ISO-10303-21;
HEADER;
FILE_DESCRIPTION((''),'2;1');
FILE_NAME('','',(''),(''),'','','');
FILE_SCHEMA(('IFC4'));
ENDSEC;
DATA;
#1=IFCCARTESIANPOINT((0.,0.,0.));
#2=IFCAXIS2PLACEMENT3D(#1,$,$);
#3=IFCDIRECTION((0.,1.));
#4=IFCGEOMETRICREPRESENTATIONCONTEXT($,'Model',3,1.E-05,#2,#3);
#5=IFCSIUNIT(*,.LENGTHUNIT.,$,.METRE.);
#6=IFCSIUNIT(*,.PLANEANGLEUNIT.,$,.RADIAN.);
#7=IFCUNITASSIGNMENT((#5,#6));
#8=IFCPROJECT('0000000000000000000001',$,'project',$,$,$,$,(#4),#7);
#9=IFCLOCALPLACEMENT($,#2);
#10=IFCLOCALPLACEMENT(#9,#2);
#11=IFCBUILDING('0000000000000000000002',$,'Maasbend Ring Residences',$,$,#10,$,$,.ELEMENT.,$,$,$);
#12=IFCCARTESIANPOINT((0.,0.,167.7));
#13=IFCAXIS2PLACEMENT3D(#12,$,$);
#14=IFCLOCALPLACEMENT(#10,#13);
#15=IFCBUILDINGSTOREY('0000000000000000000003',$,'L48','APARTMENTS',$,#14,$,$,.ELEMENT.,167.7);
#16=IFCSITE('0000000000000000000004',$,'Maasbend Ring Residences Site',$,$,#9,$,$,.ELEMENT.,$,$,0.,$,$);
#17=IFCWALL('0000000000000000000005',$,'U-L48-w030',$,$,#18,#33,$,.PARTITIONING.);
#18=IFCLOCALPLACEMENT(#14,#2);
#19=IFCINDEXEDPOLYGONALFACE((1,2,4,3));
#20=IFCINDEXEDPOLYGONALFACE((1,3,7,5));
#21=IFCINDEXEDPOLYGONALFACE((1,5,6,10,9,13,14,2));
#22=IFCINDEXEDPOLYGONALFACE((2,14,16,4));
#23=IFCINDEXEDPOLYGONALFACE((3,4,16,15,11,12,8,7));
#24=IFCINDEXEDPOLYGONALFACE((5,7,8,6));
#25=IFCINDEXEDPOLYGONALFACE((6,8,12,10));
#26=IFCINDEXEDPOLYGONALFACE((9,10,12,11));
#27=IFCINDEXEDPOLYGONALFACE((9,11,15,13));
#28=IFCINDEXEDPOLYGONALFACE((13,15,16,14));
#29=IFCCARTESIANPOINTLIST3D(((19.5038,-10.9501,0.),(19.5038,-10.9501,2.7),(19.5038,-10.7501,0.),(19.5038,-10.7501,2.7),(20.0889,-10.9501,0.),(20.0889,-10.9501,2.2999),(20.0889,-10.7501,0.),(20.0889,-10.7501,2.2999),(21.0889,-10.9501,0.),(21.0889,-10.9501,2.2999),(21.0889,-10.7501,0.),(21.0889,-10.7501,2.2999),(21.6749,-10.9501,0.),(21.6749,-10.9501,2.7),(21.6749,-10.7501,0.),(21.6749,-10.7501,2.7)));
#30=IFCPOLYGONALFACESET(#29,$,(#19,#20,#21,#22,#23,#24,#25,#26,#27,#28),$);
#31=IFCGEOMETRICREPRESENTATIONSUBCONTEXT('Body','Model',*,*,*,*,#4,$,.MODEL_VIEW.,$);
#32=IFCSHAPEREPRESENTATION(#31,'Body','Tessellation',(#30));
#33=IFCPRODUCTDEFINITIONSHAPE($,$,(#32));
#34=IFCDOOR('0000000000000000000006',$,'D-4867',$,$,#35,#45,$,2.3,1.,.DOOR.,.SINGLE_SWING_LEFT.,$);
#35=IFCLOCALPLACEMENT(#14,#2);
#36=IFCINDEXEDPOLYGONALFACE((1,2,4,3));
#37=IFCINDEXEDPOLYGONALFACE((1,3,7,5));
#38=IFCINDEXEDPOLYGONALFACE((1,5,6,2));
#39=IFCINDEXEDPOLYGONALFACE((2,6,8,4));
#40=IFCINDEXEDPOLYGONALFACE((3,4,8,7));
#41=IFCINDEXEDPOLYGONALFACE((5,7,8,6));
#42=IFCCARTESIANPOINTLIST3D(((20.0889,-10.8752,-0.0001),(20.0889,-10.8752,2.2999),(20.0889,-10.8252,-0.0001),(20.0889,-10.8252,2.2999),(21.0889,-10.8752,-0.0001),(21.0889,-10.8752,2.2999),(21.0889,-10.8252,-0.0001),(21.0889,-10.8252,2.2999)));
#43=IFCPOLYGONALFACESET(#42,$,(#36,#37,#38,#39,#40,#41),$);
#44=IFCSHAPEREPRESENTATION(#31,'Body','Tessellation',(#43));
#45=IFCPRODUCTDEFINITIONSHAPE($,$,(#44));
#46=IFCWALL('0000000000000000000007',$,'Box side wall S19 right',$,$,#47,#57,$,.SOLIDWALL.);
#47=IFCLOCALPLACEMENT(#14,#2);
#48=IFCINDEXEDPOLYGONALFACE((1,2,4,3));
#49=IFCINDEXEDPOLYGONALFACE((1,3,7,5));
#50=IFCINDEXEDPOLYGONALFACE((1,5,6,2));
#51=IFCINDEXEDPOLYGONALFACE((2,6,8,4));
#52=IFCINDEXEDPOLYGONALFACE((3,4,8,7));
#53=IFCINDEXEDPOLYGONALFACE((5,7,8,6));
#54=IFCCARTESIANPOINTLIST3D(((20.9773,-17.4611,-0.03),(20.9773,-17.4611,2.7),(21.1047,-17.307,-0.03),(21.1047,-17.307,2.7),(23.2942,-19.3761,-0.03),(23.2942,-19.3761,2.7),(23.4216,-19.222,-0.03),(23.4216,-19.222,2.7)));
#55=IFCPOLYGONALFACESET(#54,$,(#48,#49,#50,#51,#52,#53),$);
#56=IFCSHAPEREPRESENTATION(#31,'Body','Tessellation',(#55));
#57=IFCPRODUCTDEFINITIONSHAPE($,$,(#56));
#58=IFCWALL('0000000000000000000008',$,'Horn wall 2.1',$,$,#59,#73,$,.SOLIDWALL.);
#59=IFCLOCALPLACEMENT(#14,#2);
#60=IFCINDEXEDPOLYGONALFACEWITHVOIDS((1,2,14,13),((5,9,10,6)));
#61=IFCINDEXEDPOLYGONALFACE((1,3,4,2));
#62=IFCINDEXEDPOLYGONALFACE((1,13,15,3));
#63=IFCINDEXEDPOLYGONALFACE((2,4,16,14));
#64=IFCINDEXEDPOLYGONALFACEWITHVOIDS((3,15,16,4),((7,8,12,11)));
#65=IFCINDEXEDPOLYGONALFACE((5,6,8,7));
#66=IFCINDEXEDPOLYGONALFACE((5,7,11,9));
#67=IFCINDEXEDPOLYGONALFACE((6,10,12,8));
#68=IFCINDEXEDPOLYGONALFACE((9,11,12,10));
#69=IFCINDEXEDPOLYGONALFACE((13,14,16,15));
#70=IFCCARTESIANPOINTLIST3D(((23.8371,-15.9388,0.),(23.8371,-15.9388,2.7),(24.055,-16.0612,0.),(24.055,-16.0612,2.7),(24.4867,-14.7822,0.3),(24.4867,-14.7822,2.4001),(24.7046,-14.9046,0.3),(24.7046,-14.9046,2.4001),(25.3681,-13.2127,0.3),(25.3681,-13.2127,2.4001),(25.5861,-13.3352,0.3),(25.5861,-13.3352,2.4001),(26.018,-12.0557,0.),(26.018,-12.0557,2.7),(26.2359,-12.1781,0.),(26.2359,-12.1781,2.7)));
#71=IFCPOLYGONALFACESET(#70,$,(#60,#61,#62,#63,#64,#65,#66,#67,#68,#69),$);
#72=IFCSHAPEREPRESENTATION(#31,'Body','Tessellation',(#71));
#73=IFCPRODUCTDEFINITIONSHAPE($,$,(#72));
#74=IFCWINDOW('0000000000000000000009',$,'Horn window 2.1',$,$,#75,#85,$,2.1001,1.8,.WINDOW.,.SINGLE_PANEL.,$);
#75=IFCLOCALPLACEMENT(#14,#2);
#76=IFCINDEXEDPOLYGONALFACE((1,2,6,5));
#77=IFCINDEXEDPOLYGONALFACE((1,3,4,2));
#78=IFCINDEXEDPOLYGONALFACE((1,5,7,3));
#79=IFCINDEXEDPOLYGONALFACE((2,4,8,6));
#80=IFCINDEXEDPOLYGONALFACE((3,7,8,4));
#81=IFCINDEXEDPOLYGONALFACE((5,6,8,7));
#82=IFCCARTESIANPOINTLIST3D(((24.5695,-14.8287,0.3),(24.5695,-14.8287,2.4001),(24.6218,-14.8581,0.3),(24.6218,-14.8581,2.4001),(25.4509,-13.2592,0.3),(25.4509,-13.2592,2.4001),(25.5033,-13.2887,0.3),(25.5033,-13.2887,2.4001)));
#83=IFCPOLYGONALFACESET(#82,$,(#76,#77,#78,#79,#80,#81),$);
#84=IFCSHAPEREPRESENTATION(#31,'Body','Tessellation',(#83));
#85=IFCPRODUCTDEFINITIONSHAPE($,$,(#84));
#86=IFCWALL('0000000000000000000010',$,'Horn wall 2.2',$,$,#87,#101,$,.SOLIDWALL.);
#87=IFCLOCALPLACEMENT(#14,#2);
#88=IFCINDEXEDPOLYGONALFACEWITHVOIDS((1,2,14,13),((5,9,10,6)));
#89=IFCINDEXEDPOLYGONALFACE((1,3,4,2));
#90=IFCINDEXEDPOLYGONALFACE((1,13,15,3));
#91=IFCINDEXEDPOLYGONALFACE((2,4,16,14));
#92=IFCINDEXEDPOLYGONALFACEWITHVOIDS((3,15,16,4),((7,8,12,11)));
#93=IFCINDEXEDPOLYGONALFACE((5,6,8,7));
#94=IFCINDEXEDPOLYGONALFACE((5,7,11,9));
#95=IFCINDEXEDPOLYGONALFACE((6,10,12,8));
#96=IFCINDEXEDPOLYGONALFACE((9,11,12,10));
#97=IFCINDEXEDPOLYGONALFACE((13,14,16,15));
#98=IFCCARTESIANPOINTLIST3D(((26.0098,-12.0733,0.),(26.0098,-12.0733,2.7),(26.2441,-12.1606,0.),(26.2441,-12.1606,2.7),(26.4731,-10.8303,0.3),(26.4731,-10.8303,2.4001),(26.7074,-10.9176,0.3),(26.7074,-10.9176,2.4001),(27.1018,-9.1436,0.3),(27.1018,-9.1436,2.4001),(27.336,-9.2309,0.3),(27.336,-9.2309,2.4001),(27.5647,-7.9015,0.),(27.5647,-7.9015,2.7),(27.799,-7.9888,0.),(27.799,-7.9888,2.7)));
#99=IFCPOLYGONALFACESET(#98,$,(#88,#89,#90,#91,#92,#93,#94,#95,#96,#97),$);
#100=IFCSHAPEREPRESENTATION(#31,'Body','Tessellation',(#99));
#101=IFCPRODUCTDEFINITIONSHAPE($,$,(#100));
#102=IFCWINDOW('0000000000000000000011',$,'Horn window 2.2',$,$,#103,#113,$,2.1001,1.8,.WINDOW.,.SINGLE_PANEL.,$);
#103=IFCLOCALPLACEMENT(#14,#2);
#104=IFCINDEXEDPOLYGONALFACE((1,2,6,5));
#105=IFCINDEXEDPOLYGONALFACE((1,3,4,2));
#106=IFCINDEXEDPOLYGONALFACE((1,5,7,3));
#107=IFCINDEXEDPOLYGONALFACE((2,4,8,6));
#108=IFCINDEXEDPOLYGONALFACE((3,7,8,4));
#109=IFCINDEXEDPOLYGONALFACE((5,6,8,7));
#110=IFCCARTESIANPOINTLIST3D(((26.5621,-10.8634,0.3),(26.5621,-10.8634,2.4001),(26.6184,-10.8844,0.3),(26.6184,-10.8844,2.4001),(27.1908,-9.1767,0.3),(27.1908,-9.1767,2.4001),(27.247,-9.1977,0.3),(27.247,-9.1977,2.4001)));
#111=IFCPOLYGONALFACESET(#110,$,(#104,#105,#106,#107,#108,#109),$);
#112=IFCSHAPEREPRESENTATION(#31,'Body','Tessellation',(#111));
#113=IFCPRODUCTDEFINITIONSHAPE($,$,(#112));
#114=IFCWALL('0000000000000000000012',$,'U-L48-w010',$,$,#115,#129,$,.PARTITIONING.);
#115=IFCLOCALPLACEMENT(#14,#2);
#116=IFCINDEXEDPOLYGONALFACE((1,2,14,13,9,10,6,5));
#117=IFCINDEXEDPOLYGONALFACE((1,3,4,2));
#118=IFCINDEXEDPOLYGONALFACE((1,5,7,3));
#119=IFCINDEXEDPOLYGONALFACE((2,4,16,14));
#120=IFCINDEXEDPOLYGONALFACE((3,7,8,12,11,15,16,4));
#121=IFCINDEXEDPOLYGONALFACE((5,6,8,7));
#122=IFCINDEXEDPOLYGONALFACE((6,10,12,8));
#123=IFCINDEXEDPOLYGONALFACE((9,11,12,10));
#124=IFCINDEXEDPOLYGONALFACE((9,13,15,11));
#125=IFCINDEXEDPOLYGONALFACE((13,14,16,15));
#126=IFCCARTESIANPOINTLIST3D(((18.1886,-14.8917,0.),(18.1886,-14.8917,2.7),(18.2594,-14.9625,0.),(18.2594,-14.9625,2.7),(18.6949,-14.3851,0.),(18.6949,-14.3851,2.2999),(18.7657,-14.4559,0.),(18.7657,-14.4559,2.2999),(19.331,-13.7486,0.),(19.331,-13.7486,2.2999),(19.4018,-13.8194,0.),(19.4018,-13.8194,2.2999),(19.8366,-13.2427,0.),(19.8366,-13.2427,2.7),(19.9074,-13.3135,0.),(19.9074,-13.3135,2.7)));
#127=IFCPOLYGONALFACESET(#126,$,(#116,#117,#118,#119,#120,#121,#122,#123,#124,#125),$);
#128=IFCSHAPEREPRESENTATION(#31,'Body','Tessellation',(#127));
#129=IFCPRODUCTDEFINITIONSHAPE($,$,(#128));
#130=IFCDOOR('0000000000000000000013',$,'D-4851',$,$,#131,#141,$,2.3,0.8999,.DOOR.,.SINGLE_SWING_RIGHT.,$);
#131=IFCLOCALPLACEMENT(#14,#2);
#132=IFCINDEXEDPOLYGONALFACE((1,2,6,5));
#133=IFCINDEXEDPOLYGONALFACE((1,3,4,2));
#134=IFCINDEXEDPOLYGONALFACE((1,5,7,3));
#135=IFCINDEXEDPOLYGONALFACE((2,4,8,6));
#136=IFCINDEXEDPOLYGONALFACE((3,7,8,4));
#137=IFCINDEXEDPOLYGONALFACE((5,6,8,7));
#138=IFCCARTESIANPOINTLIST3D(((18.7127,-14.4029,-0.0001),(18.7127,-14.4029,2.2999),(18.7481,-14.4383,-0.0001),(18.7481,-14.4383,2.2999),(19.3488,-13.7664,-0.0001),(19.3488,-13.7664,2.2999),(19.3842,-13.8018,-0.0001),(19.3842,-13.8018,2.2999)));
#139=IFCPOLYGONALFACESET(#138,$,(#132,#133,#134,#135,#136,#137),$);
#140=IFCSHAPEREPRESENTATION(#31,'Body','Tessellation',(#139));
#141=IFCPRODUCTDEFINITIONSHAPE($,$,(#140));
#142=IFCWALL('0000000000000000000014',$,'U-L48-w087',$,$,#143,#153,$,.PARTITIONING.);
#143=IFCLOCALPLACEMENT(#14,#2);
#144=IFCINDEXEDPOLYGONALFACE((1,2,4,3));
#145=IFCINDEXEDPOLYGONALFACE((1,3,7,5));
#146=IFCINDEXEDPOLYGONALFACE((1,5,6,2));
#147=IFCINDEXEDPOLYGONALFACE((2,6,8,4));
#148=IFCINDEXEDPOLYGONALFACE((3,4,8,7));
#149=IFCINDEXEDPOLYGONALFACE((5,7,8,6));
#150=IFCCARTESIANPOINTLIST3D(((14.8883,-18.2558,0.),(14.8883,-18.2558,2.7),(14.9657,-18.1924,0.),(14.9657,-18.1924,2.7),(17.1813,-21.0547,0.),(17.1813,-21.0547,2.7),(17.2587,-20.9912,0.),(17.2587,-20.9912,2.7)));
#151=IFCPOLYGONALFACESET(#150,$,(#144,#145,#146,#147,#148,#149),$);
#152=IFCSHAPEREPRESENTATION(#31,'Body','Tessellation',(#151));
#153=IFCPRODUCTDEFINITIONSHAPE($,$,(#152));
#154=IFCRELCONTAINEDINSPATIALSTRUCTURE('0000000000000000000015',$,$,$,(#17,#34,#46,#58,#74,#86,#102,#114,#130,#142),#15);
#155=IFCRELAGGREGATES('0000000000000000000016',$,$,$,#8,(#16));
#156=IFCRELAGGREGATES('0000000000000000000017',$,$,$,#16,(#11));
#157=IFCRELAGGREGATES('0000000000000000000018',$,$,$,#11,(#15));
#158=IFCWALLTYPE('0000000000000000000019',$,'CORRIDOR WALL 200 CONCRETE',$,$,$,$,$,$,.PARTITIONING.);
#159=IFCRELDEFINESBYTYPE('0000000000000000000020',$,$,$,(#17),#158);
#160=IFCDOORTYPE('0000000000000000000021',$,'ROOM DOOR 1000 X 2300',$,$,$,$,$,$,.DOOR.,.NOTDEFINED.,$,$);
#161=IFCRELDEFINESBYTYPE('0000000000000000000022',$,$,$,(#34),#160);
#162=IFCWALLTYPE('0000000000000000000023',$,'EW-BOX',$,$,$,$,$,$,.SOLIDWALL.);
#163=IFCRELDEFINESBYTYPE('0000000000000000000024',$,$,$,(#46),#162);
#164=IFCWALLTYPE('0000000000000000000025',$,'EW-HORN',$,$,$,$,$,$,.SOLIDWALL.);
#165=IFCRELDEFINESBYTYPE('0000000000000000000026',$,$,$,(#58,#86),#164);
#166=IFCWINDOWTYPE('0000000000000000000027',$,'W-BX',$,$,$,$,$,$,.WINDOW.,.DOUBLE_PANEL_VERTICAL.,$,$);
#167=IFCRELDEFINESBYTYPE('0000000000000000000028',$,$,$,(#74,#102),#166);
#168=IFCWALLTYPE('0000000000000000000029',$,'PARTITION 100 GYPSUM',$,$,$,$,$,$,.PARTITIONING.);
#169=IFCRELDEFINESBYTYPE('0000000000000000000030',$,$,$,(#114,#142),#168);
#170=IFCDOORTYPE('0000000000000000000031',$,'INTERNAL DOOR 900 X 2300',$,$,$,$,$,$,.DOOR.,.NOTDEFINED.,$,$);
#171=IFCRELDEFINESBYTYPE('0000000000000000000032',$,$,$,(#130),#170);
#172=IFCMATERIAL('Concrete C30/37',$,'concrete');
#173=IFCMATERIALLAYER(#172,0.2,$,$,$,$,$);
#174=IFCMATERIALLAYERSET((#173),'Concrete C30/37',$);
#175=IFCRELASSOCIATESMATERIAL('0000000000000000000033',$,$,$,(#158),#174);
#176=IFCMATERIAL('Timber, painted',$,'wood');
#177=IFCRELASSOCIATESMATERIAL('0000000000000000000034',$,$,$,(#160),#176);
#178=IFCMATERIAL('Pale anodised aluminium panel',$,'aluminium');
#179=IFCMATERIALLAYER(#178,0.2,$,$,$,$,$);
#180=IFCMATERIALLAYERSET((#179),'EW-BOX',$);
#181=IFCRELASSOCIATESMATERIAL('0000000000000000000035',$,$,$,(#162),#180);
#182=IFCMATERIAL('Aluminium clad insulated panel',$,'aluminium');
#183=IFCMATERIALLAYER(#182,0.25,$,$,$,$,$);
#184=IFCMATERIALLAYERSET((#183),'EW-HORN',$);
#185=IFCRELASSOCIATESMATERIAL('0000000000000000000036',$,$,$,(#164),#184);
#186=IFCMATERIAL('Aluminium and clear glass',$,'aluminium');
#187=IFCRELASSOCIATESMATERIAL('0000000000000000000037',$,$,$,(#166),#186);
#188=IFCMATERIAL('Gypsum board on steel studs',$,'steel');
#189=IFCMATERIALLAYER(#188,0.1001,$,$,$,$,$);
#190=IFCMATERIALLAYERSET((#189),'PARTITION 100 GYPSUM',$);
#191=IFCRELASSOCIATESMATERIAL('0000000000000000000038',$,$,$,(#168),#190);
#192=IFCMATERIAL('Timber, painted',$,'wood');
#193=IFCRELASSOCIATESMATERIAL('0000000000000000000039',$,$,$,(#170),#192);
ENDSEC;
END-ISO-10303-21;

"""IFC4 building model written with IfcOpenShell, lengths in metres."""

from ifc_helpers import new_model, si_unit, direction, frame, frame_2d, origin, place, context, subcontext, project, spatial, rectangle, extrude, material, layer, layer_set, type_object, element, fill, save


model = new_model("IFC4")

# Units and contexts
model_context = context("Model", 3, precision=1e-05, world=origin(), true_north=direction((0.0, 1.0)))
body_context = subcontext(model_context, "Body", "Model", "MODEL_VIEW")
ifc_project = project(units=[si_unit("LENGTHUNIT", "METRE"), si_unit("PLANEANGLEUNIT", "RADIAN")], contexts=[model_context])

# Site, building, storey
site_placement = place(None, origin())
site = spatial("IfcSite", under=ifc_project, at=site_placement, Name="Maasbend Ring Residences Site", CompositionType="ELEMENT", RefElevation=0.0)
building_placement = place(site_placement, origin())
building = spatial("IfcBuilding", under=site, at=building_placement, Name="Maasbend Ring Residences", CompositionType="ELEMENT")
storey_placement = place(building_placement, frame((0.0, 0.0, 167.7)))
storey = spatial("IfcBuildingStorey", under=building, at=storey_placement, Name="L48", Description="APARTMENTS", CompositionType="ELEMENT", Elevation=167.7)

# Shared definitions
ifc_material_1 = material(Name="Concrete C30/37", Category="concrete")
ifc_layer_1 = layer(ifc_material_1, 0.2)
ifc_layer_set_1 = layer_set([ifc_layer_1], Name="Concrete C30/37")
wall_type_1 = type_object("IfcWallType", Name="CORRIDOR WALL 200 CONCRETE", PredefinedType="PARTITIONING", material=ifc_layer_set_1)

# Wall, opening, door
wall_1_placement = place(storey_placement, frame((19.5039, -10.8501, 0.0), z_axis=(0.0, 0.0, 1.0), x_axis=(1.0, 0.0, 0.0)))
wall_1 = element("IfcWall", 1, at=wall_1_placement, inside=storey, type_object=wall_type_1, Name="U-L48-w030", PredefinedType="PARTITIONING", context=body_context, shape_type="SweptSolid", body=[
    extrude(rectangle(XDim=2.1711, YDim=0.2, at=frame_2d((1.0854, 0.0))), origin(), (0.0, 0.0, 1.0), 2.7),
])
opening_1_placement = place(wall_1_placement, frame((0.585, 0.0, 0.0)))
opening_1 = element("IfcOpeningElement", 2, at=opening_1_placement, cuts=wall_1, PredefinedType="OPENING", context=body_context, shape_type="SweptSolid", body=[
    extrude(rectangle(XDim=1.0, YDim=2.3, at=frame_2d((0.5, 1.1499))), frame((0.0, 0.1099, 0.0), z_axis=(0.0, -1.0, 0.0), x_axis=(1.0, 0.0, 0.0)), (0.0, 0.0, 1.0), 0.22),
])
ifc_material_2 = material(Name="Timber, painted", Category="wood")
door_type_1 = type_object("IfcDoorType", Name="ROOM DOOR 1000 X 2300", OperationType="NOTDEFINED", PredefinedType="DOOR", material=ifc_material_2)
door_1_placement = place(opening_1_placement, origin())
door_1 = element("IfcDoor", 3, at=door_1_placement, inside=storey, type_object=door_type_1, Name="D-4867", OperationType="SINGLE_SWING_LEFT", OverallHeight=2.3, OverallWidth=1.0, PredefinedType="DOOR", context=body_context, shape_type="SweptSolid", body=[
    extrude(rectangle(XDim=1.0, YDim=2.3, at=frame_2d((0.5, 1.1499))), frame((0.0, 0.0249, 0.0), z_axis=(0.0, -1.0, 0.0), x_axis=(1.0, 0.0, 0.0)), (0.0, 0.0, 1.0), 0.05),
])
fill(opening_1, door_1)

# Wall
ifc_material_3 = material(Name="Pale anodised aluminium panel", Category="aluminium")
ifc_layer_2 = layer(ifc_material_3, 0.2)
ifc_layer_set_2 = layer_set([ifc_layer_2], Name="EW-BOX")
wall_type_2 = type_object("IfcWallType", Name="EW-BOX", PredefinedType="SOLIDWALL", material=ifc_layer_set_2)
wall_2_placement = place(storey_placement, frame((21.041, -17.384, -0.03), z_axis=(0.0, 0.0, 1.0), x_axis=(0.770785, -0.637096, 0.0)))
element("IfcWall", 4, at=wall_2_placement, inside=storey, type_object=wall_type_2, Name="Box side wall S19 right", PredefinedType="SOLIDWALL", context=body_context, shape_type="SweptSolid", body=[
    extrude(rectangle(XDim=3.0059, YDim=0.2, at=frame_2d((1.5029, 0.0))), origin(), (0.0, 0.0, 1.0), 2.73),
])

# Walls, openings, windows
ifc_material_4 = material(Name="Aluminium clad insulated panel", Category="aluminium")
ifc_layer_3 = layer(ifc_material_4, 0.25)
ifc_layer_set_3 = layer_set([ifc_layer_3], Name="EW-HORN")
wall_type_3 = type_object("IfcWallType", Name="EW-HORN", PredefinedType="SOLIDWALL", material=ifc_layer_set_3)
wall_3_placement = place(storey_placement, frame((23.946, -16.0, 0.0), z_axis=(0.0, 0.0, 1.0), x_axis=(0.489696, 0.871893, 0.0)))
wall_3 = element("IfcWall", 5, at=wall_3_placement, inside=storey, type_object=wall_type_3, Name="Horn wall 2.1", PredefinedType="SOLIDWALL", context=body_context, shape_type="SweptSolid", body=[
    extrude(rectangle(XDim=4.4536, YDim=0.25, at=frame_2d((2.2268, 0.0))), origin(), (0.0, 0.0, 1.0), 2.7),
])
opening_2_placement = place(wall_3_placement, frame((1.3267, 0.0, 0.3)))
opening_2 = element("IfcOpeningElement", 6, at=opening_2_placement, cuts=wall_3, PredefinedType="OPENING", context=body_context, shape_type="SweptSolid", body=[
    extrude(rectangle(XDim=1.8, YDim=2.1001, at=frame_2d((0.8999, 1.05))), frame((0.0, 0.135, 0.0), z_axis=(0.0, -1.0, 0.0), x_axis=(1.0, 0.0, 0.0)), (0.0, 0.0, 1.0), 0.27),
])
ifc_material_5 = material(Name="Aluminium and clear glass", Category="aluminium")
window_type = type_object("IfcWindowType", Name="W-BX", PartitioningType="DOUBLE_PANEL_VERTICAL", PredefinedType="WINDOW", material=ifc_material_5)
window_1_placement = place(opening_2_placement, origin())
window_1 = element("IfcWindow", 7, at=window_1_placement, inside=storey, type_object=window_type, Name="Horn window 2.1", OverallHeight=2.1001, OverallWidth=1.8, PartitioningType="SINGLE_PANEL", PredefinedType="WINDOW", context=body_context, shape_type="SweptSolid", body=[
    extrude(rectangle(XDim=1.8, YDim=2.1001, at=frame_2d((0.8999, 1.05))), frame((0.0, 0.03, 0.0), z_axis=(0.0, -1.0, 0.0), x_axis=(1.0, 0.0, 0.0)), (0.0, 0.0, 1.0), 0.0601),
])
fill(opening_2, window_1)
wall_4_placement = place(storey_placement, frame((26.127, -12.1169, 0.0), z_axis=(0.0, 0.0, 1.0), x_axis=(0.349248, 0.93703, 0.0)))
wall_4 = element("IfcWall", 8, at=wall_4_placement, inside=storey, type_object=wall_type_3, Name="Horn wall 2.2", PredefinedType="SOLIDWALL", context=body_context, shape_type="SweptSolid", body=[
    extrude(rectangle(XDim=4.4521, YDim=0.25, at=frame_2d((2.2261, 0.0))), origin(), (0.0, 0.0, 1.0), 2.7),
])
opening_3_placement = place(wall_4_placement, frame((1.3267, 0.0, 0.3)))
opening_3 = element("IfcOpeningElement", 9, at=opening_3_placement, cuts=wall_4, PredefinedType="OPENING", context=body_context, shape_type="SweptSolid", body=[
    extrude(rectangle(XDim=1.8, YDim=2.1001, at=frame_2d((0.8999, 1.05))), frame((0.0, 0.135, 0.0), z_axis=(0.0, -1.0, 0.0), x_axis=(1.0, 0.0, 0.0)), (0.0, 0.0, 1.0), 0.27),
])
window_2_placement = place(opening_3_placement, origin())
window_2 = element("IfcWindow", 10, at=window_2_placement, inside=storey, type_object=window_type, Name="Horn window 2.2", OverallHeight=2.1001, OverallWidth=1.8, PartitioningType="SINGLE_PANEL", PredefinedType="WINDOW", context=body_context, shape_type="SweptSolid", body=[
    extrude(rectangle(XDim=1.8, YDim=2.1001, at=frame_2d((0.8999, 1.05))), frame((0.0, 0.03, 0.0), z_axis=(0.0, -1.0, 0.0), x_axis=(1.0, 0.0, 0.0)), (0.0, 0.0, 1.0), 0.0601),
])
fill(opening_3, window_2)

# Wall, opening, door
ifc_material_6 = material(Name="Gypsum board on steel studs", Category="steel")
ifc_layer_4 = layer(ifc_material_6, 0.1001)
ifc_layer_set_4 = layer_set([ifc_layer_4], Name="PARTITION 100 GYPSUM")
wall_type_4 = type_object("IfcWallType", Name="PARTITION 100 GYPSUM", PredefinedType="PARTITIONING", material=ifc_layer_set_4)
wall_5_placement = place(storey_placement, frame((18.2241, -14.927, 0.0), z_axis=(0.0, 0.0, 1.0), x_axis=(0.706897, 0.707316, 0.0)))
wall_5 = element("IfcWall", 11, at=wall_5_placement, inside=storey, type_object=wall_type_4, Name="U-L48-w010", PredefinedType="PARTITIONING", context=body_context, shape_type="SweptSolid", body=[
    extrude(rectangle(XDim=2.3313, YDim=0.1001, at=frame_2d((1.1655, 0.0))), origin(), (0.0, 0.0, 1.0), 2.7),
])
opening_4_placement = place(wall_5_placement, frame((0.7161, 0.0, 0.0)))
opening_4 = element("IfcOpeningElement", 12, at=opening_4_placement, cuts=wall_5, PredefinedType="OPENING", context=body_context, shape_type="SweptSolid", body=[
    extrude(rectangle(XDim=0.8999, YDim=2.3, at=frame_2d((0.45, 1.1499))), frame((0.0, 0.0601, 0.0), z_axis=(0.0, -1.0, 0.0), x_axis=(1.0, 0.0, 0.0)), (0.0, 0.0, 1.0), 0.1201),
])
ifc_material_7 = material(Name="Timber, painted", Category="wood")
door_type_2 = type_object("IfcDoorType", Name="INTERNAL DOOR 900 X 2300", OperationType="NOTDEFINED", PredefinedType="DOOR", material=ifc_material_7)
door_2_placement = place(opening_4_placement, origin())
door_2 = element("IfcDoor", 13, at=door_2_placement, inside=storey, type_object=door_type_2, Name="D-4851", OperationType="SINGLE_SWING_RIGHT", OverallHeight=2.3, OverallWidth=0.8999, PredefinedType="DOOR", context=body_context, shape_type="SweptSolid", body=[
    extrude(rectangle(XDim=0.8999, YDim=2.3, at=frame_2d((0.45, 1.1499))), frame((0.0, 0.0249, 0.0), z_axis=(0.0, -1.0, 0.0), x_axis=(1.0, 0.0, 0.0)), (0.0, 0.0, 1.0), 0.05),
])
fill(opening_4, door_2)

# Wall
wall_6_placement = place(storey_placement, frame((14.927, -18.2241, 0.0), z_axis=(0.0, 0.0, 1.0), x_axis=(0.633737, -0.773548, 0.0)))
element("IfcWall", 14, at=wall_6_placement, inside=storey, type_object=wall_type_4, Name="U-L48-w087", PredefinedType="PARTITIONING", context=body_context, shape_type="SweptSolid", body=[
    extrude(rectangle(XDim=3.6182, YDim=0.1001, at=frame_2d((1.8091, 0.0))), origin(), (0.0, 0.0, 1.0), 2.7),
])

save(model, "model.ifc")
